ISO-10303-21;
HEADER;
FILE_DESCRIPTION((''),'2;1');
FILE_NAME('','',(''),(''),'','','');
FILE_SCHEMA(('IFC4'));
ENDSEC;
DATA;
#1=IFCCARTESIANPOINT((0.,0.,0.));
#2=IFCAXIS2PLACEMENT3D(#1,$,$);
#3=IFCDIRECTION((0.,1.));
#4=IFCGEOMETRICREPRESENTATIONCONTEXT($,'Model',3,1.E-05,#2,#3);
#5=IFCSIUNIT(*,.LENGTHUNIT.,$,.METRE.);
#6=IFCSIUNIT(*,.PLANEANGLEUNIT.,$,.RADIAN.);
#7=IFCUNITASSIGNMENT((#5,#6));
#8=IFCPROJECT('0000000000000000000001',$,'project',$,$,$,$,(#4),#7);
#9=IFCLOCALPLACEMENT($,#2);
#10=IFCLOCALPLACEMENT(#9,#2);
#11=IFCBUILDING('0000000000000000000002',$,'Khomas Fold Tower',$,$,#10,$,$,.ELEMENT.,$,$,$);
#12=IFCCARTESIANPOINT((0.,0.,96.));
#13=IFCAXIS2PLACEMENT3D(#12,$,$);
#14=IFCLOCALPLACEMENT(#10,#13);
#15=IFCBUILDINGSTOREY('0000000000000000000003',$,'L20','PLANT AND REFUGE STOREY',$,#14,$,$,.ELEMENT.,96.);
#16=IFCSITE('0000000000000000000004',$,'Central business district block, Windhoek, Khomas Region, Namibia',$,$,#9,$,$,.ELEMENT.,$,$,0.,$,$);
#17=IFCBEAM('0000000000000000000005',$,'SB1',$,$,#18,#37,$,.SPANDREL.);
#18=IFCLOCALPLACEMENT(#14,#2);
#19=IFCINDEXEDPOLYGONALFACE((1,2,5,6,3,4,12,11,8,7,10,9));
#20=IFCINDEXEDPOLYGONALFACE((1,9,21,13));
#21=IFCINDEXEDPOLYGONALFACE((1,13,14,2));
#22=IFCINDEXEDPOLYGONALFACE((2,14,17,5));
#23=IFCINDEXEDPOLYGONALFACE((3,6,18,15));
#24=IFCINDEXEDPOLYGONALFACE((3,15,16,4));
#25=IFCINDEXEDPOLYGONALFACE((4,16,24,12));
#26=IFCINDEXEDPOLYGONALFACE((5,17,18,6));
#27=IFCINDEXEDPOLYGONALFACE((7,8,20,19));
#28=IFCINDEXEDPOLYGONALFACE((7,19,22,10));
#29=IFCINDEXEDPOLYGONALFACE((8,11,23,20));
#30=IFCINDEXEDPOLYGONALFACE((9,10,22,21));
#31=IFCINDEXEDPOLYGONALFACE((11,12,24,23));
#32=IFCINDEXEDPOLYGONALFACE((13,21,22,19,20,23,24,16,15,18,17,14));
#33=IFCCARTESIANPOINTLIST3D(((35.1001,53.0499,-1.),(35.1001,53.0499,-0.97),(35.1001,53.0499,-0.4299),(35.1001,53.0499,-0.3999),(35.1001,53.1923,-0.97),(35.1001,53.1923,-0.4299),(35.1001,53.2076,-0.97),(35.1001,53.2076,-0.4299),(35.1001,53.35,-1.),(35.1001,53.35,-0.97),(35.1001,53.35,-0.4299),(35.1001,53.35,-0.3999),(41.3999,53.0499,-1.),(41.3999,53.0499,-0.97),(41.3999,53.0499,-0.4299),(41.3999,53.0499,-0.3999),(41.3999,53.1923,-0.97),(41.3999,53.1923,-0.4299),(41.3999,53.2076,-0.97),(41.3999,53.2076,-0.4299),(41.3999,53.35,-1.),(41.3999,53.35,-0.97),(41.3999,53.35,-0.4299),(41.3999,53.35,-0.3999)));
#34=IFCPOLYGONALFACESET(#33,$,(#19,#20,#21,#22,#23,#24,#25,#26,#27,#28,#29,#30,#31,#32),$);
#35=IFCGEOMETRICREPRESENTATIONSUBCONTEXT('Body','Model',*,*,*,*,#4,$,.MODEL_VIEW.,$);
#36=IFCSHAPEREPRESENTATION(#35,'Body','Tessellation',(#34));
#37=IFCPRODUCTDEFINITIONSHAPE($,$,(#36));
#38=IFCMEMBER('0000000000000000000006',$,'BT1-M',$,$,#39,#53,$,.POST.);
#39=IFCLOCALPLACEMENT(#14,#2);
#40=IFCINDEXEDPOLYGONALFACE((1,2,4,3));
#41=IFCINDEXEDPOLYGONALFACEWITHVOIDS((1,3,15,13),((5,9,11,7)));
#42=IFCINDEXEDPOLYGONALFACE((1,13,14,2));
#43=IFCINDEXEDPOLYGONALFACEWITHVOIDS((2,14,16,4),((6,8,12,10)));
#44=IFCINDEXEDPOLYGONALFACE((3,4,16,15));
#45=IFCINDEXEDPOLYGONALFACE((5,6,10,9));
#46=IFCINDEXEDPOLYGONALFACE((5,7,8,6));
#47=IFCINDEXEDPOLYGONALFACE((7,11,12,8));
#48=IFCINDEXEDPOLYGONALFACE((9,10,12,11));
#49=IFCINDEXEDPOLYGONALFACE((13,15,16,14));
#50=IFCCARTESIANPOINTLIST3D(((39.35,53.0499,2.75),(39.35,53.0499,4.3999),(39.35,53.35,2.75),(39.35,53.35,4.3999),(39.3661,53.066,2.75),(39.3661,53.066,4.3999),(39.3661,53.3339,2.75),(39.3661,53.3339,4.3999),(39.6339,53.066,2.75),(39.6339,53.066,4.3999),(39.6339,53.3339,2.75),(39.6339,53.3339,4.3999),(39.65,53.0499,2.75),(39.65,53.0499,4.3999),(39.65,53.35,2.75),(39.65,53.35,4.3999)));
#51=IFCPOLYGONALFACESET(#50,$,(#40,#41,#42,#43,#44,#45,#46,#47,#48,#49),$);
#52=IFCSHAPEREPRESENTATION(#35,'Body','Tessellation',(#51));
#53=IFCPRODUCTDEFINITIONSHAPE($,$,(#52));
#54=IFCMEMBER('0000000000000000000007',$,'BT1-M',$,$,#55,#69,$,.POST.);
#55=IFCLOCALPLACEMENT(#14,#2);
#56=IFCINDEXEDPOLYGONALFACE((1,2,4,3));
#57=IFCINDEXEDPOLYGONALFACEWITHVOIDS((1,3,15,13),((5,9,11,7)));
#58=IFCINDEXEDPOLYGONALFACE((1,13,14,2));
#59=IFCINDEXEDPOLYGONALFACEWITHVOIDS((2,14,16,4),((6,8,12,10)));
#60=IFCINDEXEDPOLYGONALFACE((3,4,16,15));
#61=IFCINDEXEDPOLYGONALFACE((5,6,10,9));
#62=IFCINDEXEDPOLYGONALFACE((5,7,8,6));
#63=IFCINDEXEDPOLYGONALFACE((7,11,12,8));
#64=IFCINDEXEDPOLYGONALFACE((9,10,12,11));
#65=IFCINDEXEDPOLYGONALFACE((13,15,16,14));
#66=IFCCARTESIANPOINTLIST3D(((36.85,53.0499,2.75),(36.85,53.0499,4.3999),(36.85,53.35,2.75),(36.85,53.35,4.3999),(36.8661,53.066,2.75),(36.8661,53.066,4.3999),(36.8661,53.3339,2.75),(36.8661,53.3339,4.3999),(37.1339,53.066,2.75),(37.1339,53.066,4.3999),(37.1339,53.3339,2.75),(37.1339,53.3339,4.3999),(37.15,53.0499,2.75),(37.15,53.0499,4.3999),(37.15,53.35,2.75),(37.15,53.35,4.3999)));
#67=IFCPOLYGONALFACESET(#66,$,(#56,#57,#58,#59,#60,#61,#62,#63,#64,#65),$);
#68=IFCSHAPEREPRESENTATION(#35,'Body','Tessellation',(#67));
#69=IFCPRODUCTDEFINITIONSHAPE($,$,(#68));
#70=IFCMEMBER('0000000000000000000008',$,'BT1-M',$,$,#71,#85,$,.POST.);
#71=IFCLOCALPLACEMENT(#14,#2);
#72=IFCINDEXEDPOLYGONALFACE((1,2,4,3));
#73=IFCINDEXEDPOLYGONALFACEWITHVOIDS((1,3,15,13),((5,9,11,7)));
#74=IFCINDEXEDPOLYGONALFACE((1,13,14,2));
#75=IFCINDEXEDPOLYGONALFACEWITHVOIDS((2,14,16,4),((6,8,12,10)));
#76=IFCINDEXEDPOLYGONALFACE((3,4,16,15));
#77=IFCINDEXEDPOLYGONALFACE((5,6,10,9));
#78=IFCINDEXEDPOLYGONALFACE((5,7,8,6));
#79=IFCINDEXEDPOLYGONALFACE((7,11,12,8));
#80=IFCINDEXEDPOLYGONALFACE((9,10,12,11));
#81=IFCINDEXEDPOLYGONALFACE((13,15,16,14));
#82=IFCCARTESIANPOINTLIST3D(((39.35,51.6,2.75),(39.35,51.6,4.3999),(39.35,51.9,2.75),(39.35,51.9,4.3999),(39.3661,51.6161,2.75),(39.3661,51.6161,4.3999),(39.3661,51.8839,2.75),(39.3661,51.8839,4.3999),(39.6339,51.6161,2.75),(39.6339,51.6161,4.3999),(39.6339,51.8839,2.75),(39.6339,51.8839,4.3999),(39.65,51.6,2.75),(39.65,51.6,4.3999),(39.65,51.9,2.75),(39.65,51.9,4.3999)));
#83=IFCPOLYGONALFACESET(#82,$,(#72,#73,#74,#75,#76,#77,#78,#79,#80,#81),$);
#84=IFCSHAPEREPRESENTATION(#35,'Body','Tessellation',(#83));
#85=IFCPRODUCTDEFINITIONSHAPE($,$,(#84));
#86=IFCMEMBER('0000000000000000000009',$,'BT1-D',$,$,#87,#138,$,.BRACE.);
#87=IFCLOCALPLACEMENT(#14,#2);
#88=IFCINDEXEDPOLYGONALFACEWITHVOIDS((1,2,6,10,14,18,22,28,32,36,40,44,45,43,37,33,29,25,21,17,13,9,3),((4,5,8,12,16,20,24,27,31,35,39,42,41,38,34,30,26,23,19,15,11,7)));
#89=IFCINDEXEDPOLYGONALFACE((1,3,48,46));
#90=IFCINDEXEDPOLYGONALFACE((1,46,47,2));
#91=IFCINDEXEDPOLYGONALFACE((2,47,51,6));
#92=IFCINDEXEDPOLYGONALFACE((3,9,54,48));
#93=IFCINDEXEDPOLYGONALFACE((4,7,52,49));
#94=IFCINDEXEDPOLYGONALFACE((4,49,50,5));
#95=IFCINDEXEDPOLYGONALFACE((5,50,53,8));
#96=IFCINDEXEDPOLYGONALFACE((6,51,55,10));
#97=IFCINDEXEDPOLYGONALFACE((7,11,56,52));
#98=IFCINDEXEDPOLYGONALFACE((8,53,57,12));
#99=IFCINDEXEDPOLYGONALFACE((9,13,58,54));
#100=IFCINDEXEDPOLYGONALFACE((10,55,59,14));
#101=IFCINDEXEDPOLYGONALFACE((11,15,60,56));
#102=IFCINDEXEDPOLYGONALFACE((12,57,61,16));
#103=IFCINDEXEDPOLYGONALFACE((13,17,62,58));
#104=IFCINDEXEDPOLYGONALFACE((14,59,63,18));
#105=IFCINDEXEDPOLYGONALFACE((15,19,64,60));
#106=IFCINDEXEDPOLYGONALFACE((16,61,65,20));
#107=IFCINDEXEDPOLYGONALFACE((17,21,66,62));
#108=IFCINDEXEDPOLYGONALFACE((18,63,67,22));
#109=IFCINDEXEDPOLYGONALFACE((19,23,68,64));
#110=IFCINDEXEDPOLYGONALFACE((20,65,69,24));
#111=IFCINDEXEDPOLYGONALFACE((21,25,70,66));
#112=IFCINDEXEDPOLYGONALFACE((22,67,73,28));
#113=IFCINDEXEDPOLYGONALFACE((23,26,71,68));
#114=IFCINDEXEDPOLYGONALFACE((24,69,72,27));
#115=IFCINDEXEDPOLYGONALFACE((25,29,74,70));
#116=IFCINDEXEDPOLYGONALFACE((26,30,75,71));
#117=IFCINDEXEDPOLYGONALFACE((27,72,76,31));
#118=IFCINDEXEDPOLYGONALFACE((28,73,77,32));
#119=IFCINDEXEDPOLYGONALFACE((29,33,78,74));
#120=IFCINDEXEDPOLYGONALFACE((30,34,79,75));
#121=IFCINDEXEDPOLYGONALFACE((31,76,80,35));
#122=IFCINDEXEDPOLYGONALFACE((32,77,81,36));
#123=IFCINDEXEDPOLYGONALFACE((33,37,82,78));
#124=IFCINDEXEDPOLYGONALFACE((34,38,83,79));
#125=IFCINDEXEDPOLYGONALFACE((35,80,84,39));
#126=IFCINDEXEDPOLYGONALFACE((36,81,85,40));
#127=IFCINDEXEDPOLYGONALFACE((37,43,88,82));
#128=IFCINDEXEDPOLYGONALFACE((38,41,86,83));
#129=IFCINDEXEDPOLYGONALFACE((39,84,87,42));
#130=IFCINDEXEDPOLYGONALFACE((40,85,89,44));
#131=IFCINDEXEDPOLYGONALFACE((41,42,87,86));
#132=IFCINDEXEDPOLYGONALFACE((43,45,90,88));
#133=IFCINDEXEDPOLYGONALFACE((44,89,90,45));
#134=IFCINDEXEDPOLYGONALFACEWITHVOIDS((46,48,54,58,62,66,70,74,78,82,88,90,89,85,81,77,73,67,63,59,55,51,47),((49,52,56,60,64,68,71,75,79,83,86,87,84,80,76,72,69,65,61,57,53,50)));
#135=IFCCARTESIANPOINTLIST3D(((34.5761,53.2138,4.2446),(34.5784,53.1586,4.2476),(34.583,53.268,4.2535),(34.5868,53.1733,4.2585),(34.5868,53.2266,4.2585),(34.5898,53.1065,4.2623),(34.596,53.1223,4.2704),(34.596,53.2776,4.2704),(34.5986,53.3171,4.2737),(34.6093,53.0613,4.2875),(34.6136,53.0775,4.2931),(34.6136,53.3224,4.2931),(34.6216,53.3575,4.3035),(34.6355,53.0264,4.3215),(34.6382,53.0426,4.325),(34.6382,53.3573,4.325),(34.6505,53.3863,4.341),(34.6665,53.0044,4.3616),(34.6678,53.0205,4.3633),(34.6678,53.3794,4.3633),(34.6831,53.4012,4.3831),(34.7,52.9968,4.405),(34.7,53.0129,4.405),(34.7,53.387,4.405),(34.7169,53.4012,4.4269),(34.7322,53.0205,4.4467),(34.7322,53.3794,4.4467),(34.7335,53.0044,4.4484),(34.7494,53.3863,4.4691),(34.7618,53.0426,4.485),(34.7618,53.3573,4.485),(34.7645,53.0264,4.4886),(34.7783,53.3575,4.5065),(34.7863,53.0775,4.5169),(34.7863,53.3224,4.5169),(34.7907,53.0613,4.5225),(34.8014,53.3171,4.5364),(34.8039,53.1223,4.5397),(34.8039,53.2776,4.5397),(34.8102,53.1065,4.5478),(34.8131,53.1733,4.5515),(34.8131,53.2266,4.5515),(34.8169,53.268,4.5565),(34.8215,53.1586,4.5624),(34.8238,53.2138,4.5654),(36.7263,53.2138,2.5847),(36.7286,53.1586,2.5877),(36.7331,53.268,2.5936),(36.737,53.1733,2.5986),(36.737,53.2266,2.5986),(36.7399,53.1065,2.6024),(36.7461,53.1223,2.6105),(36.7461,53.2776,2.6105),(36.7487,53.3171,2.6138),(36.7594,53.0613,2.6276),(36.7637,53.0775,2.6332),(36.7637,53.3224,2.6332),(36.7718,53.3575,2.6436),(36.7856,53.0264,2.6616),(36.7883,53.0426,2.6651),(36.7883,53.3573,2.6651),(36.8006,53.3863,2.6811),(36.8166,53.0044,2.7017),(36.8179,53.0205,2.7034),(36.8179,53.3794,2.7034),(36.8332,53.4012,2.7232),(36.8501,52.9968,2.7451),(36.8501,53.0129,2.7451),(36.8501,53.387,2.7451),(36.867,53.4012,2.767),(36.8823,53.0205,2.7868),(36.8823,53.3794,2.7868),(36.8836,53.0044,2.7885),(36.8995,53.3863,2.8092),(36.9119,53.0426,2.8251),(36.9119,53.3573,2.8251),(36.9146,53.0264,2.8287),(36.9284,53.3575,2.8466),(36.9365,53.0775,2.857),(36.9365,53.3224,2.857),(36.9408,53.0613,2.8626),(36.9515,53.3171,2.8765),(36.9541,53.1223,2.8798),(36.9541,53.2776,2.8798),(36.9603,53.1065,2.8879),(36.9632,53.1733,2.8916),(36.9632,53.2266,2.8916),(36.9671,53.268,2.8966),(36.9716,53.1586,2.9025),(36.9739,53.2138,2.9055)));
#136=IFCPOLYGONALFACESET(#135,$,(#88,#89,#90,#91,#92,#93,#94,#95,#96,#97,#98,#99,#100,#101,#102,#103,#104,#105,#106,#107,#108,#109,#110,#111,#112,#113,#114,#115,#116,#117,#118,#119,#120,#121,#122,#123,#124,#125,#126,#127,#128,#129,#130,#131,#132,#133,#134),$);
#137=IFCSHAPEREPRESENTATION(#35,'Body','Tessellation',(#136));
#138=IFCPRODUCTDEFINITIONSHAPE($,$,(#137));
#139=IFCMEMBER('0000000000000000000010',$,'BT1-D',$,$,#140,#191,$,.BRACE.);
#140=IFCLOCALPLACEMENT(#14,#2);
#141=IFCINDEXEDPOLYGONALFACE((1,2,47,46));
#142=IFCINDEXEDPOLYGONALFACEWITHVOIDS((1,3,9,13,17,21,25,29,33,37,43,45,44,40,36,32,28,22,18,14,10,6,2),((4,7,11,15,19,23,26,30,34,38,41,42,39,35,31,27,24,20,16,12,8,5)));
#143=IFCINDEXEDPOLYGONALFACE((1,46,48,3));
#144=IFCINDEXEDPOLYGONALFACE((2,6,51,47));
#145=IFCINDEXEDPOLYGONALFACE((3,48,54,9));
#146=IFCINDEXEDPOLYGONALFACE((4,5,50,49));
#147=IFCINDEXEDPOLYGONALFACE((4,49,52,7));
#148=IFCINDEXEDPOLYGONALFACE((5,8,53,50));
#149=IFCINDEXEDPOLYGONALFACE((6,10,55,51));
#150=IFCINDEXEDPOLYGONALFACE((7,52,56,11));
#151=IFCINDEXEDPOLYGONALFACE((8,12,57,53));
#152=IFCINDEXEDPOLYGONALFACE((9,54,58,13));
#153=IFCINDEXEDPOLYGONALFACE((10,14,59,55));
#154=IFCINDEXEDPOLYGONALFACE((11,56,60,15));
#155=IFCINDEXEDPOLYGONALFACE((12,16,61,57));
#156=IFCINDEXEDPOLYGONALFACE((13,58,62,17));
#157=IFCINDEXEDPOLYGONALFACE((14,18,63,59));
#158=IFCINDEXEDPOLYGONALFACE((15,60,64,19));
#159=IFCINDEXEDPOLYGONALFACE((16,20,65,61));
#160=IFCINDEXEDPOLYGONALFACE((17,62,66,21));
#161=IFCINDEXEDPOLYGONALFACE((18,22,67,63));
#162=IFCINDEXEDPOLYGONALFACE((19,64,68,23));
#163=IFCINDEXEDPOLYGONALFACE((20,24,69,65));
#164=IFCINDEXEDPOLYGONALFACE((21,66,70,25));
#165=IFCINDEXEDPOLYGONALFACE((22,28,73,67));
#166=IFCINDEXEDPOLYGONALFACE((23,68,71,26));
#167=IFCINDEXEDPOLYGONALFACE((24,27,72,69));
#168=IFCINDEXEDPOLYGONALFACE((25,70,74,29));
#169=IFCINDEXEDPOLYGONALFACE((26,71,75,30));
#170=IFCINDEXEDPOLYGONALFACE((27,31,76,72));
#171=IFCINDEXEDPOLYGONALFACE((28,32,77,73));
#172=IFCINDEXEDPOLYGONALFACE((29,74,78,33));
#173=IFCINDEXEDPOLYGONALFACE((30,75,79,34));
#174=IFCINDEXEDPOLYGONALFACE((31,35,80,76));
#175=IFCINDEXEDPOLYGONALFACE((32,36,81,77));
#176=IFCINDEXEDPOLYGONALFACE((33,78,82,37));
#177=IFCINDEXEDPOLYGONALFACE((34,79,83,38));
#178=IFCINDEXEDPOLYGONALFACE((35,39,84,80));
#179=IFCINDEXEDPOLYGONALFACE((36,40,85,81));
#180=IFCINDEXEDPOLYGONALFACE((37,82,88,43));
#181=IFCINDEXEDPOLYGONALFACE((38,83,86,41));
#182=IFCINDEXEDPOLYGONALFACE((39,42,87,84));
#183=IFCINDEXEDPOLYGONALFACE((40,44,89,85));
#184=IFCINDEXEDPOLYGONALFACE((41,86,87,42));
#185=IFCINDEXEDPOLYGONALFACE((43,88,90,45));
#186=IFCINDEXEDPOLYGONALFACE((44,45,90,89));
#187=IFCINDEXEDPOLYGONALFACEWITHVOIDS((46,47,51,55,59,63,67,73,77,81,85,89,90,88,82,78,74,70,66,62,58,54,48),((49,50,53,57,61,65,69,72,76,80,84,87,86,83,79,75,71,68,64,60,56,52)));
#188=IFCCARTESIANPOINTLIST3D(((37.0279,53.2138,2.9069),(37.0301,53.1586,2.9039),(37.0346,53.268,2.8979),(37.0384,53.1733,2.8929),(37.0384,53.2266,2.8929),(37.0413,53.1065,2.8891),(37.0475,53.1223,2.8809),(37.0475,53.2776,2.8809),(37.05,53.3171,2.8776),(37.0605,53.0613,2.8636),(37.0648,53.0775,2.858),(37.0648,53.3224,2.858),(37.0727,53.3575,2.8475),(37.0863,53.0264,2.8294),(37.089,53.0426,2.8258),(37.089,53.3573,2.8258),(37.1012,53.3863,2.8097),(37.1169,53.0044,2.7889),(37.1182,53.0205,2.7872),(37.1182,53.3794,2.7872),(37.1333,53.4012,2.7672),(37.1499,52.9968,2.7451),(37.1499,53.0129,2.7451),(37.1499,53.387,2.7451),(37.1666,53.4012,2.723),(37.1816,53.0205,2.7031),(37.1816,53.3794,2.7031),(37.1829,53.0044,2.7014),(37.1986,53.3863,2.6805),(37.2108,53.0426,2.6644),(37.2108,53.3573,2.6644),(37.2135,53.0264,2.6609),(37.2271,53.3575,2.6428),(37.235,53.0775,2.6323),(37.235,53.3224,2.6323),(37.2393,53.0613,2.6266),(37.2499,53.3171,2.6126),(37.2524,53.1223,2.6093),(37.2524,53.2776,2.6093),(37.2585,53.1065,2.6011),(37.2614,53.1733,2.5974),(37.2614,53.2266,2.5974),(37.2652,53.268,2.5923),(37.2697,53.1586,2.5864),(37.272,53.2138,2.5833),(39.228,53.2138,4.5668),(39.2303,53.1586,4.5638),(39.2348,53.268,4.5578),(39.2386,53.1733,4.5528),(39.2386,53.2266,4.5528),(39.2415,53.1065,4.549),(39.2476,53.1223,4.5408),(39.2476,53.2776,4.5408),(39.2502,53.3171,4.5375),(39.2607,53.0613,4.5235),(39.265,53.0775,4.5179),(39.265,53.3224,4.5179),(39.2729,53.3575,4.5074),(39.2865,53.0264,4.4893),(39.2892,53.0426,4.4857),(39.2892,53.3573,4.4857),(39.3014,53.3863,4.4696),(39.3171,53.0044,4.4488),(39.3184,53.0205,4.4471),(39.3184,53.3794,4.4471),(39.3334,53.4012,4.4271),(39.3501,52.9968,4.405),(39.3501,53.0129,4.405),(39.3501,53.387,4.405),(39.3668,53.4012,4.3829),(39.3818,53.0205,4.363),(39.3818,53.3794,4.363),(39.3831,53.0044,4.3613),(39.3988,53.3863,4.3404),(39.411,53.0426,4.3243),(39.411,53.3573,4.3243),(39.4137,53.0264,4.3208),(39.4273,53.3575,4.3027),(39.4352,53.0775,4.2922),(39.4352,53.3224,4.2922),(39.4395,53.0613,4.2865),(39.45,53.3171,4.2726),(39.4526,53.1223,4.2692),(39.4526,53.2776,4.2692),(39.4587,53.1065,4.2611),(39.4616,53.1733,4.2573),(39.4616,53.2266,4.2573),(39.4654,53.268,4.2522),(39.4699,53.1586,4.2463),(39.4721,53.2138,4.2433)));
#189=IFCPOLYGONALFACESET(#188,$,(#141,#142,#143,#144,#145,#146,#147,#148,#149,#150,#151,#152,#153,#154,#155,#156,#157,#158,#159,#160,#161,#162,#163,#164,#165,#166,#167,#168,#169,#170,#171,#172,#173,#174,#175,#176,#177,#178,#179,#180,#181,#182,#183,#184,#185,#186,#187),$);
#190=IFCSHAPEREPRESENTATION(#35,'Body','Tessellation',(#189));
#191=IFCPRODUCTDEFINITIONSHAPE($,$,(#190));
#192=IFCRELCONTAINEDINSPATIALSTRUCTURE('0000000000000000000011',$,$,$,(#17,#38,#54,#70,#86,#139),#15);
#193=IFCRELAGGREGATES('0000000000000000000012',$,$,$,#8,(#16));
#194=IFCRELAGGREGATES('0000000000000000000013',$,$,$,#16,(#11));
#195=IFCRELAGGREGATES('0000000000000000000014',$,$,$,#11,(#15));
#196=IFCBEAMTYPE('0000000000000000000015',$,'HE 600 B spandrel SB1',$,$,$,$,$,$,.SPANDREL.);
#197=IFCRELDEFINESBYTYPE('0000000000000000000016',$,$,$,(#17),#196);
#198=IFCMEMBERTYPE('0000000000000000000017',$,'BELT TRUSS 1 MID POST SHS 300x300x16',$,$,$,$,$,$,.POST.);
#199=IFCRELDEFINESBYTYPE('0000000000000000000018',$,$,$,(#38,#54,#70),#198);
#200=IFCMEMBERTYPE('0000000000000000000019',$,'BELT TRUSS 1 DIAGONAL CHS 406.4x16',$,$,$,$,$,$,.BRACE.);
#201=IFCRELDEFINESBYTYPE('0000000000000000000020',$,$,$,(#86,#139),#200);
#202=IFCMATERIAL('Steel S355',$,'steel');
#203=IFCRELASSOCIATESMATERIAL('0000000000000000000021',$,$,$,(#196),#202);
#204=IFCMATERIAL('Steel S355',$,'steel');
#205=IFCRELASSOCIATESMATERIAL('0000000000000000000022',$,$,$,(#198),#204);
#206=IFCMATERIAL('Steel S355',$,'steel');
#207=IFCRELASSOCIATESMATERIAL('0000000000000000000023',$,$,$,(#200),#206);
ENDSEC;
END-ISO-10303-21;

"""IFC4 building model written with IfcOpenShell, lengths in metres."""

from ifc_helpers import new_model, si_unit, direction, frame, origin, origin_2d, place, context, subcontext, project, spatial, hollow_rectangle, hollow_circle, i_section, extrude, source, transform, mapped, material, material_profile, profile_set, type_object, element, save


model = new_model("IFC4")

# Units and contexts
model_context = context("Model", 3, precision=1e-05, world=origin(), true_north=direction((0.0, 1.0)))
body_context = subcontext(model_context, "Body", "Model", "MODEL_VIEW")
ifc_project = project(units=[si_unit("LENGTHUNIT", "METRE"), si_unit("PLANEANGLEUNIT", "RADIAN")], contexts=[model_context])

# Site, building, storey
site_placement = place(None, origin())
site = spatial("IfcSite", under=ifc_project, at=site_placement, Name="Central business district block, Windhoek, Khomas Region, Namibia", CompositionType="ELEMENT", RefElevation=0.0)
building_placement = place(site_placement, origin())
building = spatial("IfcBuilding", under=site, at=building_placement, Name="Khomas Fold Tower", CompositionType="ELEMENT")
storey_placement = place(building_placement, frame((0.0, 0.0, 96.0)))
storey = spatial("IfcBuildingStorey", under=building, at=storey_placement, Name="L20", Description="PLANT AND REFUGE STOREY", CompositionType="ELEMENT", Elevation=96.0)

# Beam
ifc_material_1 = material(Name="Steel S355", Category="steel")
ifc_material_profile_1 = material_profile(ifc_material_1, i_section(OverallWidth=0.3, OverallDepth=0.6001, WebThickness=0.0154, FlangeThickness=0.03, at=origin_2d()), Name="HE 600 B")
ifc_profile_set_1 = profile_set([ifc_material_profile_1], Name="Steel S355")
beam_type = type_object("IfcBeamType", Name="HE 600 B spandrel SB1", PredefinedType="SPANDREL", material=ifc_profile_set_1)
shared_shape_1 = source(origin(), body_context, "Body", "SweptSolid", [
    extrude(i_section(OverallWidth=0.3, OverallDepth=0.6001, WebThickness=0.0154, FlangeThickness=0.03, at=origin_2d()), origin(), (0.0, 0.0, 1.0), 6.2998),
])
beam_placement = place(storey_placement, frame((35.1001, 53.2, -0.7), z_axis=(1.0, 0.0, 0.0), x_axis=(0.0, 1.0, 0.0)))
element("IfcBeam", 1, at=beam_placement, inside=storey, type_object=beam_type, Name="SB1", PredefinedType="SPANDREL", context=body_context, shape_type="MappedRepresentation", body=[
    mapped(shared_shape_1, transform((0.0, 0.0, 0.0))),
])

# Members
ifc_material_2 = material(Name="Steel S355", Category="steel")
ifc_material_profile_2 = material_profile(ifc_material_2, hollow_rectangle(XDim=0.3, YDim=0.3, WallThickness=0.0161, at=origin_2d()), Name="SHS 300x300x16")
ifc_profile_set_2 = profile_set([ifc_material_profile_2], Name="Steel S355")
member_type_1 = type_object("IfcMemberType", Name="BELT TRUSS 1 MID POST SHS 300x300x16", PredefinedType="POST", material=ifc_profile_set_2)
shared_shape_2 = source(origin(), body_context, "Body", "SweptSolid", [
    extrude(hollow_rectangle(XDim=0.3, YDim=0.3, WallThickness=0.0161, at=origin_2d()), origin(), (0.0, 0.0, 1.0), 1.6499),
])
for number, where, z_axis, x_axis, name in (
    (2, (39.5, 53.2, 2.75), (0.0, 0.0, 1.0), (1.0, 0.0, 0.0), "BT1-M"),
    (3, (37.0, 53.2, 2.75), (0.0, 0.0, 1.0), (1.0, 0.0, 0.0), "BT1-M"),
    (4, (39.5, 51.75, 2.75), (0.0, 0.0, 1.0), (1.0, 0.0, 0.0), "BT1-M"),
):
    element("IfcMember", number, at=place(storey_placement, frame(where, z_axis=z_axis, x_axis=x_axis)), inside=storey, type_object=member_type_1, Name=name, PredefinedType="POST", context=body_context, shape_type="MappedRepresentation", body=[
        mapped(shared_shape_2, transform((0.0, 0.0, 0.0))),
    ])
ifc_material_3 = material(Name="Steel S355", Category="steel")
ifc_material_profile_3 = material_profile(ifc_material_3, hollow_circle(Radius=0.2031, WallThickness=0.0161, at=origin_2d()), Name="CHS 406.4x16")
ifc_profile_set_3 = profile_set([ifc_material_profile_3], Name="Steel S355")
member_type_2 = type_object("IfcMemberType", Name="BELT TRUSS 1 DIAGONAL CHS 406.4x16", PredefinedType="BRACE", material=ifc_profile_set_3)
shared_shape_3 = source(origin(), body_context, "Body", "SweptSolid", [
    extrude(hollow_circle(Radius=0.2031, WallThickness=0.0161, at=origin_2d()), origin(), (0.0, 0.0, 1.0), 2.7163),
])
member_placement = place(storey_placement, frame((36.8501, 53.2, 2.7451), z_axis=(-0.791564, 0.0, 0.611087), x_axis=(0.0, -1.0, 0.0)))
element("IfcMember", 5, at=member_placement, inside=storey, type_object=member_type_2, Name="BT1-D", PredefinedType="BRACE", context=body_context, shape_type="MappedRepresentation", body=[
    mapped(shared_shape_3, transform((0.0, 0.0, 0.0))),
])
shared_shape_4 = source(origin(), body_context, "Body", "SweptSolid", [
    extrude(hollow_circle(Radius=0.2031, WallThickness=0.0161, at=origin_2d()), origin(), (0.0, 0.0, 1.0), 2.7561),
])
for number, where, z_axis, x_axis, name in (
    (6, (39.3501, 53.2, 4.405), (-0.798296, 0.0, -0.602265), (0.0, -1.0, 0.0), "BT1-D"),
):
    element("IfcMember", number, at=place(storey_placement, frame(where, z_axis=z_axis, x_axis=x_axis)), inside=storey, type_object=member_type_2, Name=name, PredefinedType="BRACE", context=body_context, shape_type="MappedRepresentation", body=[
        mapped(shared_shape_4, transform((0.0, 0.0, 0.0))),
    ])

save(model, "model.ifc")
